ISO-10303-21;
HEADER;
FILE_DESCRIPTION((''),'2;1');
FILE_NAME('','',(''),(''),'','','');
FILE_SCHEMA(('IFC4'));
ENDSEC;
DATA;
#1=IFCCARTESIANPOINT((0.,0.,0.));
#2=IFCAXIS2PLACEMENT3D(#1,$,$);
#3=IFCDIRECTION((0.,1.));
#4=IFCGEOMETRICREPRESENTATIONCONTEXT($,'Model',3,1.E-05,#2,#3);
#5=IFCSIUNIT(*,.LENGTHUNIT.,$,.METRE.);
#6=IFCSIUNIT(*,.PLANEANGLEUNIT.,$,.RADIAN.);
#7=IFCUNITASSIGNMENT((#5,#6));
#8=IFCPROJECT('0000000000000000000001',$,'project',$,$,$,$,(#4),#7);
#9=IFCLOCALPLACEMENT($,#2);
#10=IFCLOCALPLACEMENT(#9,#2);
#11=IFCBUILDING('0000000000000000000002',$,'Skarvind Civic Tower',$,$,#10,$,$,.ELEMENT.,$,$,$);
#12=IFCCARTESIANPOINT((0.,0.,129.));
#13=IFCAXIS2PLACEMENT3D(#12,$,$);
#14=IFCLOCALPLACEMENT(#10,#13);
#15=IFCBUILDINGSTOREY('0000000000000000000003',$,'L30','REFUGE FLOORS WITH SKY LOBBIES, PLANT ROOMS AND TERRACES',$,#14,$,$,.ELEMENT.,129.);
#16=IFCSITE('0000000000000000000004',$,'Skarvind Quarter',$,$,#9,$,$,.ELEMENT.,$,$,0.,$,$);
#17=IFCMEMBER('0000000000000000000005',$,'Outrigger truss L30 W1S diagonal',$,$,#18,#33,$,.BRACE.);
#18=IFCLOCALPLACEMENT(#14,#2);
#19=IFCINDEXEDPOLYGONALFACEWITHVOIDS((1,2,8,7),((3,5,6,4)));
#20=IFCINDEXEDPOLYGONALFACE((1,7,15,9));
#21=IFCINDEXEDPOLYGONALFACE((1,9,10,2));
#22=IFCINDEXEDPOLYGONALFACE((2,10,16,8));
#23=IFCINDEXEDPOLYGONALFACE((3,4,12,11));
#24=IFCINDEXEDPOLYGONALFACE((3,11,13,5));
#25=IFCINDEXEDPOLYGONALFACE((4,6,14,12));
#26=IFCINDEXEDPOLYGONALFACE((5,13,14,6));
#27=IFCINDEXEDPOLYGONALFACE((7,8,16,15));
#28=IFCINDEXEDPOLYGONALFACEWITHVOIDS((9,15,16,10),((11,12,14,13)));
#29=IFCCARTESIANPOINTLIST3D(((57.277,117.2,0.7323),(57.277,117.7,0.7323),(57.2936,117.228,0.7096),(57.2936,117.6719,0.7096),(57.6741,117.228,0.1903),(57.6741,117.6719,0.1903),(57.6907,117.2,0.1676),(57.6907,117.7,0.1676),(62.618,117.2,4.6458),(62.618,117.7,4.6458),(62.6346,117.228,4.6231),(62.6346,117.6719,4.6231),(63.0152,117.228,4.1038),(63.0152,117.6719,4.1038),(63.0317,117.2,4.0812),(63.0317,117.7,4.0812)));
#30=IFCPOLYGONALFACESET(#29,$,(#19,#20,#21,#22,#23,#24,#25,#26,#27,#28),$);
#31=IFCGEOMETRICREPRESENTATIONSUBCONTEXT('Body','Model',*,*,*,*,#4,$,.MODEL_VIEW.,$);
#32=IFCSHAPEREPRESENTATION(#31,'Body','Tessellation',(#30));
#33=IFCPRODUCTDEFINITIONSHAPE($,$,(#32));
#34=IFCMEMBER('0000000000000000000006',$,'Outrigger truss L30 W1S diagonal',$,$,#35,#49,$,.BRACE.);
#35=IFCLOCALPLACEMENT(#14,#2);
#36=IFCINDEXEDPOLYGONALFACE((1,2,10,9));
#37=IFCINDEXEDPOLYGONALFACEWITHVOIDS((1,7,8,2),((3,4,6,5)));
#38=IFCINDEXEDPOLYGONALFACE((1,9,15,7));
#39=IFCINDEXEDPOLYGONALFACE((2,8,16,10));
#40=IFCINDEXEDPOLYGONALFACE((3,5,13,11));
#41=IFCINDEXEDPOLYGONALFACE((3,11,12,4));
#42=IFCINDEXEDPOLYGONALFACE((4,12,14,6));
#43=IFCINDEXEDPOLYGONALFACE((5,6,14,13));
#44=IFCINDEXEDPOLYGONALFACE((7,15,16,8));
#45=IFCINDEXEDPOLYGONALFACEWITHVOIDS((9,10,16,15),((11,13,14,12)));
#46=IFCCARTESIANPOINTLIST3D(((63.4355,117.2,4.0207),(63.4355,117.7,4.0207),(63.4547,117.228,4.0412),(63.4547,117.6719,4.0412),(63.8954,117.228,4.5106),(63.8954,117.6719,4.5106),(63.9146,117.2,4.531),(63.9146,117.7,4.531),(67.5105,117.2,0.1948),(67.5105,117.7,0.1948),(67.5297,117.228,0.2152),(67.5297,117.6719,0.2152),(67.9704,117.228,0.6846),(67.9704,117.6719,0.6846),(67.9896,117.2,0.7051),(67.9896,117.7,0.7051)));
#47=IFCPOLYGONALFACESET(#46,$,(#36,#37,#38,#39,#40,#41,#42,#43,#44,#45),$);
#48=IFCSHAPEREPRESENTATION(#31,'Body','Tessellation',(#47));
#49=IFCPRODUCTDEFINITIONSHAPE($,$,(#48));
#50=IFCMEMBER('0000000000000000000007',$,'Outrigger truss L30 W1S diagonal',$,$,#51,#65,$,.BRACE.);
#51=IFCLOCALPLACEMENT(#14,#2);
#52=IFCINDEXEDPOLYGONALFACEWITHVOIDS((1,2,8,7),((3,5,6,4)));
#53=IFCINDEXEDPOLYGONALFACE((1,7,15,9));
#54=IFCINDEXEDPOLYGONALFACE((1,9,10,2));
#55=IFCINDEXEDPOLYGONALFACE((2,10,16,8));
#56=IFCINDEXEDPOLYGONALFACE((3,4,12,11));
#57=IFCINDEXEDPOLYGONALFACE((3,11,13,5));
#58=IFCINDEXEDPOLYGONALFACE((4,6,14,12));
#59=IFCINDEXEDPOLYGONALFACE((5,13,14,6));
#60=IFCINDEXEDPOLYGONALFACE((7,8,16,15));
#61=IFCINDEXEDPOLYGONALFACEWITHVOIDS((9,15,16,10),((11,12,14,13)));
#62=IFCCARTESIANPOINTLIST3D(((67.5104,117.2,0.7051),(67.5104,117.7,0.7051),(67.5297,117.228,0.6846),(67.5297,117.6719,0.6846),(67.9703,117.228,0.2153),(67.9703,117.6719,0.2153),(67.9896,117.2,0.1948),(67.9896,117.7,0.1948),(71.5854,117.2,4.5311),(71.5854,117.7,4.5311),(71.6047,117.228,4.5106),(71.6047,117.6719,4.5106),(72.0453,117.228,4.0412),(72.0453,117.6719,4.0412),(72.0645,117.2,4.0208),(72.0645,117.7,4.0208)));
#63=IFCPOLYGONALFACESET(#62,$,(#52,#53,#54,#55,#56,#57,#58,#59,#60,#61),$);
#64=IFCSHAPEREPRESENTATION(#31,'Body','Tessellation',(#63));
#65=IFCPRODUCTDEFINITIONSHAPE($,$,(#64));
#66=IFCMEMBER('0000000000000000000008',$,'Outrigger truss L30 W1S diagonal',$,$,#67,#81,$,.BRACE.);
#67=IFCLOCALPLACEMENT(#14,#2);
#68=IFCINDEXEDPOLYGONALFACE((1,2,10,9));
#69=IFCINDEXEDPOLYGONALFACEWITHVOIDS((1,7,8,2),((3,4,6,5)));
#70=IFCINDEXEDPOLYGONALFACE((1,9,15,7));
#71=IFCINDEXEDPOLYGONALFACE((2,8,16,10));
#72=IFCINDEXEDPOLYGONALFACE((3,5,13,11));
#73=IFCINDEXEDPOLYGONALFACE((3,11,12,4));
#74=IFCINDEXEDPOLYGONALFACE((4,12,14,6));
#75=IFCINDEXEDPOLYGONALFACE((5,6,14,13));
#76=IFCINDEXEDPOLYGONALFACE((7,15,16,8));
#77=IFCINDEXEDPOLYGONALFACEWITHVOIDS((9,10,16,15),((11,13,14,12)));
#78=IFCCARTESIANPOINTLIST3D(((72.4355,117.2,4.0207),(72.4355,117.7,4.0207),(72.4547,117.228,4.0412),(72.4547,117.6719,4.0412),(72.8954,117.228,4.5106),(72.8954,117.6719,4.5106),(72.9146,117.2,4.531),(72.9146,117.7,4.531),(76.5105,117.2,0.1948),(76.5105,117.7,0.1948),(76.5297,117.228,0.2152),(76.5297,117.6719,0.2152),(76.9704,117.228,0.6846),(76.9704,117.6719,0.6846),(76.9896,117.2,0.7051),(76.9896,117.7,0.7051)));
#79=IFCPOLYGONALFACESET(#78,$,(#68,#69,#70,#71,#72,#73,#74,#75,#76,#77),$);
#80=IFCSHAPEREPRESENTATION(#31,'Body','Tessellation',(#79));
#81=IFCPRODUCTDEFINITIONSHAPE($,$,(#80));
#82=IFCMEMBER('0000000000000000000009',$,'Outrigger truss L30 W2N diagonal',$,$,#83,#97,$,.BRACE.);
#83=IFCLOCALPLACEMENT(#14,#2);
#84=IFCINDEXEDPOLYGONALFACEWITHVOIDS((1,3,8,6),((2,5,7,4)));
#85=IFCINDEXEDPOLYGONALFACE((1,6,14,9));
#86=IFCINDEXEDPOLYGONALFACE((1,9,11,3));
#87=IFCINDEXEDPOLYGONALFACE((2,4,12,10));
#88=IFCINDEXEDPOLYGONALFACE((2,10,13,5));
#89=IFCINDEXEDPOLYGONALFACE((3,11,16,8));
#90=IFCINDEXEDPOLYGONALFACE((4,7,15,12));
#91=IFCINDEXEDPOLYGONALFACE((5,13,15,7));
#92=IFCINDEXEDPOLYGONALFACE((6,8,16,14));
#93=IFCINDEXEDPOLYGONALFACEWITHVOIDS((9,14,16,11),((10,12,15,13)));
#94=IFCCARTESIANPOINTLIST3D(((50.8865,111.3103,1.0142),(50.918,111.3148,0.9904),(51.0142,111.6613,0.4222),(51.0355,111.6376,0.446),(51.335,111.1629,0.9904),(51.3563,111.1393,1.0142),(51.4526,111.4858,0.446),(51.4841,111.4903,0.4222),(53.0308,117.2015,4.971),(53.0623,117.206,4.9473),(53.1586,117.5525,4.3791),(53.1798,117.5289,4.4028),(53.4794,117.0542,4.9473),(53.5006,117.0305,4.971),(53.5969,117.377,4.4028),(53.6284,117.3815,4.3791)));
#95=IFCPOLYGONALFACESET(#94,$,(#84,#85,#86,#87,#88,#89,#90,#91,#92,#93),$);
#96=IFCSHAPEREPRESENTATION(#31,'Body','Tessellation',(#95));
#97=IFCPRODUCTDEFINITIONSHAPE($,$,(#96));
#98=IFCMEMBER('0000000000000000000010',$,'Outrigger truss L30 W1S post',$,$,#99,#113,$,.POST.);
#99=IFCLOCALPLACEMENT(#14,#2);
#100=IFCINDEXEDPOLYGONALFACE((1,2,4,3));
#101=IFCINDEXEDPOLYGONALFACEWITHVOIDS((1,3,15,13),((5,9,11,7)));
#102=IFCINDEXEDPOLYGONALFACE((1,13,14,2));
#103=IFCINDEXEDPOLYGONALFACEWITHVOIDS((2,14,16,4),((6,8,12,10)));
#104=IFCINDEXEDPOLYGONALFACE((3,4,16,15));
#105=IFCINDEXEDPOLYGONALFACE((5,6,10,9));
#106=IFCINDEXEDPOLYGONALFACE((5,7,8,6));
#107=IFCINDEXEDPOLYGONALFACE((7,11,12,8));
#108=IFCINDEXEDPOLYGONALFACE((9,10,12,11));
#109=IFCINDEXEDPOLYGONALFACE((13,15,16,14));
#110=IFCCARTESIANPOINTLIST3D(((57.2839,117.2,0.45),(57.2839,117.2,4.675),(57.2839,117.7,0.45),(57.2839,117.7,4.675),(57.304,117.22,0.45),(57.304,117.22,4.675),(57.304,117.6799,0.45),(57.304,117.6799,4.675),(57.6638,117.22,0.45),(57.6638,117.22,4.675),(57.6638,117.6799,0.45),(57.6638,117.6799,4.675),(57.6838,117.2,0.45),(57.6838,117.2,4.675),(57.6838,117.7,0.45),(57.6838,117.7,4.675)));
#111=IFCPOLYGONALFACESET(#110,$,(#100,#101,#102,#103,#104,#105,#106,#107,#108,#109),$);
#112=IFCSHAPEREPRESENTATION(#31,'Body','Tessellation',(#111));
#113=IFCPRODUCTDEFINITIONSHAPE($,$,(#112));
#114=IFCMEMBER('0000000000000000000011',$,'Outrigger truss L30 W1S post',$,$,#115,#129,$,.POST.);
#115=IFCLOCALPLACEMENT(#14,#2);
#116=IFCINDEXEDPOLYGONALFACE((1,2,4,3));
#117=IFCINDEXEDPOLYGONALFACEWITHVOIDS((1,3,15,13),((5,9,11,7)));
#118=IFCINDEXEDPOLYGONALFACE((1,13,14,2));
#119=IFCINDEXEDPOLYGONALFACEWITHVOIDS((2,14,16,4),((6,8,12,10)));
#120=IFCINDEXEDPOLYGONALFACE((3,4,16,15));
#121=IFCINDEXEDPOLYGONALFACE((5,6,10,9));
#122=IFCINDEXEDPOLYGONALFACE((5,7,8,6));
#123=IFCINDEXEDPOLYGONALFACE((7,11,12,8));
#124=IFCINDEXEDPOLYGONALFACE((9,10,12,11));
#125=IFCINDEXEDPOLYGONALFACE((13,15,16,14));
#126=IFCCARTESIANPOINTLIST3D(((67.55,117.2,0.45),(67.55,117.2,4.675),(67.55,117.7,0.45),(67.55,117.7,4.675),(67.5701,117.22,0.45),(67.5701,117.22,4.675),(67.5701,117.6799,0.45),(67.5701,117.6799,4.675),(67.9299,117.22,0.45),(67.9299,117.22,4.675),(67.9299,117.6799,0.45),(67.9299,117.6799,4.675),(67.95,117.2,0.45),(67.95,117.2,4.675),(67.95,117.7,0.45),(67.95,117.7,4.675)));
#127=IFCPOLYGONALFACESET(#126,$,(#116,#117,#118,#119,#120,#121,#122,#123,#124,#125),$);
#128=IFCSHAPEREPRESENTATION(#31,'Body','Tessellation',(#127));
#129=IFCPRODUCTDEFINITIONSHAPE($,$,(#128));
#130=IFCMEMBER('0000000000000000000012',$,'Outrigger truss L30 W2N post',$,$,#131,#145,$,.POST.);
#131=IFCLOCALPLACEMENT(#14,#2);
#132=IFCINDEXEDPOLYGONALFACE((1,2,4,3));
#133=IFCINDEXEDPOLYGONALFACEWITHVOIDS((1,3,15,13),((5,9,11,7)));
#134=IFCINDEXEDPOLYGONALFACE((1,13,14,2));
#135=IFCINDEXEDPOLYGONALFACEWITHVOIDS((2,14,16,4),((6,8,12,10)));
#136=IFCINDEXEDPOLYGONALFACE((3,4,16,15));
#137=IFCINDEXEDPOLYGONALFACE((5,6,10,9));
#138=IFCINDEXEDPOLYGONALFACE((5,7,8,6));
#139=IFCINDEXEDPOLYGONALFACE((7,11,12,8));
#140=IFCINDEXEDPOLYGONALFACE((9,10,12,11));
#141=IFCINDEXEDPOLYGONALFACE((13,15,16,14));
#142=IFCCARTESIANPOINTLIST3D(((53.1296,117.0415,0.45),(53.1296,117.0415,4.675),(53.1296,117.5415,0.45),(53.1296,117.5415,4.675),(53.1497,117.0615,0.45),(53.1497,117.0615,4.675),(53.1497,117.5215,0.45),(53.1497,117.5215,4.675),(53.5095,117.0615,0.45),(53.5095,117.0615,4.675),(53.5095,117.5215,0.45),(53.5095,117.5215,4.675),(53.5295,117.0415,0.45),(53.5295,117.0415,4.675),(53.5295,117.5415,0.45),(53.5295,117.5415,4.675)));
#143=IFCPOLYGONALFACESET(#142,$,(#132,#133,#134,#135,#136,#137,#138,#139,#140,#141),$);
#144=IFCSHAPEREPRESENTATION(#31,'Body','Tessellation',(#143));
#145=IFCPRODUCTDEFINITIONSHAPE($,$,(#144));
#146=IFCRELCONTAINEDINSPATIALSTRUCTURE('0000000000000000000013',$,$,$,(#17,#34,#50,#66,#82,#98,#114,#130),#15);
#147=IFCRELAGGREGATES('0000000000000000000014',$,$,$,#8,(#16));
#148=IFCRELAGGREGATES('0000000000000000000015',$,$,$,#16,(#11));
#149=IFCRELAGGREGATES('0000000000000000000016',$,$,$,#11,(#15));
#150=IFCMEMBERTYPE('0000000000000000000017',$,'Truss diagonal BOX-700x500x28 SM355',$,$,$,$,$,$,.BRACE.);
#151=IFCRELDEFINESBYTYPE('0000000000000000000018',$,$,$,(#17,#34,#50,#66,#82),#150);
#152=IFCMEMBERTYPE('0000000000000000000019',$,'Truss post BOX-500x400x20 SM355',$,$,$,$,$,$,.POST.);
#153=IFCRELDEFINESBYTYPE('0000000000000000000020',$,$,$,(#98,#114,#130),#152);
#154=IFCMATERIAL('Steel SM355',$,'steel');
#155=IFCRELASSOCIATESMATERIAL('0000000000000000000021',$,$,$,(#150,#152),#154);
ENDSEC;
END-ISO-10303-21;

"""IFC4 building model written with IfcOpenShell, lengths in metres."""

from ifc_helpers import new_model, si_unit, direction, frame, origin, origin_2d, place, context, subcontext, project, spatial, hollow_rectangle, extrude, material, material_profile, profile_set, type_object, element, save


model = new_model("IFC4")

# Units and contexts
model_context = context("Model", 3, precision=1e-05, world=origin(), true_north=direction((0.0, 1.0)))
body_context = subcontext(model_context, "Body", "Model", "MODEL_VIEW")
ifc_project = project(units=[si_unit("LENGTHUNIT", "METRE"), si_unit("PLANEANGLEUNIT", "RADIAN")], contexts=[model_context])

# Site, building, storey
site_placement = place(None, origin())
site = spatial("IfcSite", under=ifc_project, at=site_placement, Name="Skarvind Quarter", CompositionType="ELEMENT", RefElevation=0.0)
building_placement = place(site_placement, origin())
building = spatial("IfcBuilding", under=site, at=building_placement, Name="Skarvind Civic Tower", CompositionType="ELEMENT")
storey_placement = place(building_placement, frame((0.0, 0.0, 129.0)))
storey = spatial("IfcBuildingStorey", under=building, at=storey_placement, Name="L30", Description="REFUGE FLOORS WITH SKY LOBBIES, PLANT ROOMS AND TERRACES", CompositionType="ELEMENT", Elevation=129.0)

# Members
ifc_material_1 = material(Name="Steel SM355", Category="steel")
ifc_material_profile_1 = material_profile(ifc_material_1, hollow_rectangle(XDim=0.5, YDim=0.7, WallThickness=0.0281, at=origin_2d()), Name="BOX-700x500x28")
ifc_profile_set_1 = profile_set([ifc_material_profile_1], Name="Steel SM355")
member_type_1 = type_object("IfcMemberType", Name="Truss diagonal BOX-700x500x28 SM355", PredefinedType="BRACE", material=ifc_profile_set_1)
member_1_placement = place(storey_placement, frame((57.4839, 117.45, 0.45), z_axis=(0.806636, 0.0, 0.591049), x_axis=(0.0, 1.0, 0.0)))
element("IfcMember", 1, at=member_1_placement, inside=storey, type_object=member_type_1, Name="Outrigger truss L30 W1S diagonal", PredefinedType="BRACE", context=body_context, shape_type="SweptSolid", body=[
    extrude(hollow_rectangle(XDim=0.5, YDim=0.7, WallThickness=0.0281, at=origin_2d()), origin(), (0.0, 0.0, 1.0), 6.6213),
])
for number, where, z_axis, x_axis, name in (
    (2, (63.675, 117.45, 4.2759), (0.729032, 0.0, -0.68448), (0.0, 1.0, 0.0), "Outrigger truss L30 W1S diagonal"),
    (3, (67.75, 117.45, 0.45), (0.729032, 0.0, 0.68448), (0.0, 1.0, 0.0), "Outrigger truss L30 W1S diagonal"),
    (4, (72.675, 117.45, 4.2759), (0.729032, 0.0, -0.68448), (0.0, 1.0, 0.0), "Outrigger truss L30 W1S diagonal"),
):
    element("IfcMember", number, at=place(storey_placement, frame(where, z_axis=z_axis, x_axis=x_axis)), inside=storey, type_object=member_type_1, Name=name, PredefinedType="BRACE", context=body_context, shape_type="SweptSolid", body=[
        extrude(hollow_rectangle(XDim=0.5, YDim=0.7, WallThickness=0.0281, at=origin_2d()), origin(), (0.0, 0.0, 1.0), 5.5896),
    ])
member_2_placement = place(storey_placement, frame((53.3296, 117.2915, 4.675), z_axis=(-0.289243, -0.794651, -0.53373), x_axis=(0.939688, -0.342034, 0.0)))
element("IfcMember", 5, at=member_2_placement, inside=storey, type_object=member_type_1, Name="Outrigger truss L30 W2N diagonal", PredefinedType="BRACE", context=body_context, shape_type="SweptSolid", body=[
    extrude(hollow_rectangle(XDim=0.5, YDim=0.7, WallThickness=0.0281, at=origin_2d()), origin(), (0.0, 0.0, 1.0), 7.4136),
])
ifc_material_profile_2 = material_profile(ifc_material_1, hollow_rectangle(XDim=0.3999, YDim=0.5, WallThickness=0.02, at=origin_2d()), Name="BOX-500x400x20")
ifc_profile_set_2 = profile_set([ifc_material_profile_2], Name="Steel SM355")
member_type_2 = type_object("IfcMemberType", Name="Truss post BOX-500x400x20 SM355", PredefinedType="POST", material=ifc_profile_set_2)
for number, where, z_axis, x_axis, name in (
    (6, (57.4839, 117.45, 0.45), (0.0, 0.0, 1.0), (1.0, 0.0, 0.0), "Outrigger truss L30 W1S post"),
    (7, (67.75, 117.45, 0.45), (0.0, 0.0, 1.0), (1.0, 0.0, 0.0), "Outrigger truss L30 W1S post"),
    (8, (53.3296, 117.2915, 0.45), (0.0, 0.0, 1.0), (1.0, 0.0, 0.0), "Outrigger truss L30 W2N post"),
):
    element("IfcMember", number, at=place(storey_placement, frame(where, z_axis=z_axis, x_axis=x_axis)), inside=storey, type_object=member_type_2, Name=name, PredefinedType="POST", context=body_context, shape_type="SweptSolid", body=[
        extrude(hollow_rectangle(XDim=0.3999, YDim=0.5, WallThickness=0.02, at=origin_2d()), origin(), (0.0, 0.0, 1.0), 4.2251),
    ])

save(model, "model.ifc")
